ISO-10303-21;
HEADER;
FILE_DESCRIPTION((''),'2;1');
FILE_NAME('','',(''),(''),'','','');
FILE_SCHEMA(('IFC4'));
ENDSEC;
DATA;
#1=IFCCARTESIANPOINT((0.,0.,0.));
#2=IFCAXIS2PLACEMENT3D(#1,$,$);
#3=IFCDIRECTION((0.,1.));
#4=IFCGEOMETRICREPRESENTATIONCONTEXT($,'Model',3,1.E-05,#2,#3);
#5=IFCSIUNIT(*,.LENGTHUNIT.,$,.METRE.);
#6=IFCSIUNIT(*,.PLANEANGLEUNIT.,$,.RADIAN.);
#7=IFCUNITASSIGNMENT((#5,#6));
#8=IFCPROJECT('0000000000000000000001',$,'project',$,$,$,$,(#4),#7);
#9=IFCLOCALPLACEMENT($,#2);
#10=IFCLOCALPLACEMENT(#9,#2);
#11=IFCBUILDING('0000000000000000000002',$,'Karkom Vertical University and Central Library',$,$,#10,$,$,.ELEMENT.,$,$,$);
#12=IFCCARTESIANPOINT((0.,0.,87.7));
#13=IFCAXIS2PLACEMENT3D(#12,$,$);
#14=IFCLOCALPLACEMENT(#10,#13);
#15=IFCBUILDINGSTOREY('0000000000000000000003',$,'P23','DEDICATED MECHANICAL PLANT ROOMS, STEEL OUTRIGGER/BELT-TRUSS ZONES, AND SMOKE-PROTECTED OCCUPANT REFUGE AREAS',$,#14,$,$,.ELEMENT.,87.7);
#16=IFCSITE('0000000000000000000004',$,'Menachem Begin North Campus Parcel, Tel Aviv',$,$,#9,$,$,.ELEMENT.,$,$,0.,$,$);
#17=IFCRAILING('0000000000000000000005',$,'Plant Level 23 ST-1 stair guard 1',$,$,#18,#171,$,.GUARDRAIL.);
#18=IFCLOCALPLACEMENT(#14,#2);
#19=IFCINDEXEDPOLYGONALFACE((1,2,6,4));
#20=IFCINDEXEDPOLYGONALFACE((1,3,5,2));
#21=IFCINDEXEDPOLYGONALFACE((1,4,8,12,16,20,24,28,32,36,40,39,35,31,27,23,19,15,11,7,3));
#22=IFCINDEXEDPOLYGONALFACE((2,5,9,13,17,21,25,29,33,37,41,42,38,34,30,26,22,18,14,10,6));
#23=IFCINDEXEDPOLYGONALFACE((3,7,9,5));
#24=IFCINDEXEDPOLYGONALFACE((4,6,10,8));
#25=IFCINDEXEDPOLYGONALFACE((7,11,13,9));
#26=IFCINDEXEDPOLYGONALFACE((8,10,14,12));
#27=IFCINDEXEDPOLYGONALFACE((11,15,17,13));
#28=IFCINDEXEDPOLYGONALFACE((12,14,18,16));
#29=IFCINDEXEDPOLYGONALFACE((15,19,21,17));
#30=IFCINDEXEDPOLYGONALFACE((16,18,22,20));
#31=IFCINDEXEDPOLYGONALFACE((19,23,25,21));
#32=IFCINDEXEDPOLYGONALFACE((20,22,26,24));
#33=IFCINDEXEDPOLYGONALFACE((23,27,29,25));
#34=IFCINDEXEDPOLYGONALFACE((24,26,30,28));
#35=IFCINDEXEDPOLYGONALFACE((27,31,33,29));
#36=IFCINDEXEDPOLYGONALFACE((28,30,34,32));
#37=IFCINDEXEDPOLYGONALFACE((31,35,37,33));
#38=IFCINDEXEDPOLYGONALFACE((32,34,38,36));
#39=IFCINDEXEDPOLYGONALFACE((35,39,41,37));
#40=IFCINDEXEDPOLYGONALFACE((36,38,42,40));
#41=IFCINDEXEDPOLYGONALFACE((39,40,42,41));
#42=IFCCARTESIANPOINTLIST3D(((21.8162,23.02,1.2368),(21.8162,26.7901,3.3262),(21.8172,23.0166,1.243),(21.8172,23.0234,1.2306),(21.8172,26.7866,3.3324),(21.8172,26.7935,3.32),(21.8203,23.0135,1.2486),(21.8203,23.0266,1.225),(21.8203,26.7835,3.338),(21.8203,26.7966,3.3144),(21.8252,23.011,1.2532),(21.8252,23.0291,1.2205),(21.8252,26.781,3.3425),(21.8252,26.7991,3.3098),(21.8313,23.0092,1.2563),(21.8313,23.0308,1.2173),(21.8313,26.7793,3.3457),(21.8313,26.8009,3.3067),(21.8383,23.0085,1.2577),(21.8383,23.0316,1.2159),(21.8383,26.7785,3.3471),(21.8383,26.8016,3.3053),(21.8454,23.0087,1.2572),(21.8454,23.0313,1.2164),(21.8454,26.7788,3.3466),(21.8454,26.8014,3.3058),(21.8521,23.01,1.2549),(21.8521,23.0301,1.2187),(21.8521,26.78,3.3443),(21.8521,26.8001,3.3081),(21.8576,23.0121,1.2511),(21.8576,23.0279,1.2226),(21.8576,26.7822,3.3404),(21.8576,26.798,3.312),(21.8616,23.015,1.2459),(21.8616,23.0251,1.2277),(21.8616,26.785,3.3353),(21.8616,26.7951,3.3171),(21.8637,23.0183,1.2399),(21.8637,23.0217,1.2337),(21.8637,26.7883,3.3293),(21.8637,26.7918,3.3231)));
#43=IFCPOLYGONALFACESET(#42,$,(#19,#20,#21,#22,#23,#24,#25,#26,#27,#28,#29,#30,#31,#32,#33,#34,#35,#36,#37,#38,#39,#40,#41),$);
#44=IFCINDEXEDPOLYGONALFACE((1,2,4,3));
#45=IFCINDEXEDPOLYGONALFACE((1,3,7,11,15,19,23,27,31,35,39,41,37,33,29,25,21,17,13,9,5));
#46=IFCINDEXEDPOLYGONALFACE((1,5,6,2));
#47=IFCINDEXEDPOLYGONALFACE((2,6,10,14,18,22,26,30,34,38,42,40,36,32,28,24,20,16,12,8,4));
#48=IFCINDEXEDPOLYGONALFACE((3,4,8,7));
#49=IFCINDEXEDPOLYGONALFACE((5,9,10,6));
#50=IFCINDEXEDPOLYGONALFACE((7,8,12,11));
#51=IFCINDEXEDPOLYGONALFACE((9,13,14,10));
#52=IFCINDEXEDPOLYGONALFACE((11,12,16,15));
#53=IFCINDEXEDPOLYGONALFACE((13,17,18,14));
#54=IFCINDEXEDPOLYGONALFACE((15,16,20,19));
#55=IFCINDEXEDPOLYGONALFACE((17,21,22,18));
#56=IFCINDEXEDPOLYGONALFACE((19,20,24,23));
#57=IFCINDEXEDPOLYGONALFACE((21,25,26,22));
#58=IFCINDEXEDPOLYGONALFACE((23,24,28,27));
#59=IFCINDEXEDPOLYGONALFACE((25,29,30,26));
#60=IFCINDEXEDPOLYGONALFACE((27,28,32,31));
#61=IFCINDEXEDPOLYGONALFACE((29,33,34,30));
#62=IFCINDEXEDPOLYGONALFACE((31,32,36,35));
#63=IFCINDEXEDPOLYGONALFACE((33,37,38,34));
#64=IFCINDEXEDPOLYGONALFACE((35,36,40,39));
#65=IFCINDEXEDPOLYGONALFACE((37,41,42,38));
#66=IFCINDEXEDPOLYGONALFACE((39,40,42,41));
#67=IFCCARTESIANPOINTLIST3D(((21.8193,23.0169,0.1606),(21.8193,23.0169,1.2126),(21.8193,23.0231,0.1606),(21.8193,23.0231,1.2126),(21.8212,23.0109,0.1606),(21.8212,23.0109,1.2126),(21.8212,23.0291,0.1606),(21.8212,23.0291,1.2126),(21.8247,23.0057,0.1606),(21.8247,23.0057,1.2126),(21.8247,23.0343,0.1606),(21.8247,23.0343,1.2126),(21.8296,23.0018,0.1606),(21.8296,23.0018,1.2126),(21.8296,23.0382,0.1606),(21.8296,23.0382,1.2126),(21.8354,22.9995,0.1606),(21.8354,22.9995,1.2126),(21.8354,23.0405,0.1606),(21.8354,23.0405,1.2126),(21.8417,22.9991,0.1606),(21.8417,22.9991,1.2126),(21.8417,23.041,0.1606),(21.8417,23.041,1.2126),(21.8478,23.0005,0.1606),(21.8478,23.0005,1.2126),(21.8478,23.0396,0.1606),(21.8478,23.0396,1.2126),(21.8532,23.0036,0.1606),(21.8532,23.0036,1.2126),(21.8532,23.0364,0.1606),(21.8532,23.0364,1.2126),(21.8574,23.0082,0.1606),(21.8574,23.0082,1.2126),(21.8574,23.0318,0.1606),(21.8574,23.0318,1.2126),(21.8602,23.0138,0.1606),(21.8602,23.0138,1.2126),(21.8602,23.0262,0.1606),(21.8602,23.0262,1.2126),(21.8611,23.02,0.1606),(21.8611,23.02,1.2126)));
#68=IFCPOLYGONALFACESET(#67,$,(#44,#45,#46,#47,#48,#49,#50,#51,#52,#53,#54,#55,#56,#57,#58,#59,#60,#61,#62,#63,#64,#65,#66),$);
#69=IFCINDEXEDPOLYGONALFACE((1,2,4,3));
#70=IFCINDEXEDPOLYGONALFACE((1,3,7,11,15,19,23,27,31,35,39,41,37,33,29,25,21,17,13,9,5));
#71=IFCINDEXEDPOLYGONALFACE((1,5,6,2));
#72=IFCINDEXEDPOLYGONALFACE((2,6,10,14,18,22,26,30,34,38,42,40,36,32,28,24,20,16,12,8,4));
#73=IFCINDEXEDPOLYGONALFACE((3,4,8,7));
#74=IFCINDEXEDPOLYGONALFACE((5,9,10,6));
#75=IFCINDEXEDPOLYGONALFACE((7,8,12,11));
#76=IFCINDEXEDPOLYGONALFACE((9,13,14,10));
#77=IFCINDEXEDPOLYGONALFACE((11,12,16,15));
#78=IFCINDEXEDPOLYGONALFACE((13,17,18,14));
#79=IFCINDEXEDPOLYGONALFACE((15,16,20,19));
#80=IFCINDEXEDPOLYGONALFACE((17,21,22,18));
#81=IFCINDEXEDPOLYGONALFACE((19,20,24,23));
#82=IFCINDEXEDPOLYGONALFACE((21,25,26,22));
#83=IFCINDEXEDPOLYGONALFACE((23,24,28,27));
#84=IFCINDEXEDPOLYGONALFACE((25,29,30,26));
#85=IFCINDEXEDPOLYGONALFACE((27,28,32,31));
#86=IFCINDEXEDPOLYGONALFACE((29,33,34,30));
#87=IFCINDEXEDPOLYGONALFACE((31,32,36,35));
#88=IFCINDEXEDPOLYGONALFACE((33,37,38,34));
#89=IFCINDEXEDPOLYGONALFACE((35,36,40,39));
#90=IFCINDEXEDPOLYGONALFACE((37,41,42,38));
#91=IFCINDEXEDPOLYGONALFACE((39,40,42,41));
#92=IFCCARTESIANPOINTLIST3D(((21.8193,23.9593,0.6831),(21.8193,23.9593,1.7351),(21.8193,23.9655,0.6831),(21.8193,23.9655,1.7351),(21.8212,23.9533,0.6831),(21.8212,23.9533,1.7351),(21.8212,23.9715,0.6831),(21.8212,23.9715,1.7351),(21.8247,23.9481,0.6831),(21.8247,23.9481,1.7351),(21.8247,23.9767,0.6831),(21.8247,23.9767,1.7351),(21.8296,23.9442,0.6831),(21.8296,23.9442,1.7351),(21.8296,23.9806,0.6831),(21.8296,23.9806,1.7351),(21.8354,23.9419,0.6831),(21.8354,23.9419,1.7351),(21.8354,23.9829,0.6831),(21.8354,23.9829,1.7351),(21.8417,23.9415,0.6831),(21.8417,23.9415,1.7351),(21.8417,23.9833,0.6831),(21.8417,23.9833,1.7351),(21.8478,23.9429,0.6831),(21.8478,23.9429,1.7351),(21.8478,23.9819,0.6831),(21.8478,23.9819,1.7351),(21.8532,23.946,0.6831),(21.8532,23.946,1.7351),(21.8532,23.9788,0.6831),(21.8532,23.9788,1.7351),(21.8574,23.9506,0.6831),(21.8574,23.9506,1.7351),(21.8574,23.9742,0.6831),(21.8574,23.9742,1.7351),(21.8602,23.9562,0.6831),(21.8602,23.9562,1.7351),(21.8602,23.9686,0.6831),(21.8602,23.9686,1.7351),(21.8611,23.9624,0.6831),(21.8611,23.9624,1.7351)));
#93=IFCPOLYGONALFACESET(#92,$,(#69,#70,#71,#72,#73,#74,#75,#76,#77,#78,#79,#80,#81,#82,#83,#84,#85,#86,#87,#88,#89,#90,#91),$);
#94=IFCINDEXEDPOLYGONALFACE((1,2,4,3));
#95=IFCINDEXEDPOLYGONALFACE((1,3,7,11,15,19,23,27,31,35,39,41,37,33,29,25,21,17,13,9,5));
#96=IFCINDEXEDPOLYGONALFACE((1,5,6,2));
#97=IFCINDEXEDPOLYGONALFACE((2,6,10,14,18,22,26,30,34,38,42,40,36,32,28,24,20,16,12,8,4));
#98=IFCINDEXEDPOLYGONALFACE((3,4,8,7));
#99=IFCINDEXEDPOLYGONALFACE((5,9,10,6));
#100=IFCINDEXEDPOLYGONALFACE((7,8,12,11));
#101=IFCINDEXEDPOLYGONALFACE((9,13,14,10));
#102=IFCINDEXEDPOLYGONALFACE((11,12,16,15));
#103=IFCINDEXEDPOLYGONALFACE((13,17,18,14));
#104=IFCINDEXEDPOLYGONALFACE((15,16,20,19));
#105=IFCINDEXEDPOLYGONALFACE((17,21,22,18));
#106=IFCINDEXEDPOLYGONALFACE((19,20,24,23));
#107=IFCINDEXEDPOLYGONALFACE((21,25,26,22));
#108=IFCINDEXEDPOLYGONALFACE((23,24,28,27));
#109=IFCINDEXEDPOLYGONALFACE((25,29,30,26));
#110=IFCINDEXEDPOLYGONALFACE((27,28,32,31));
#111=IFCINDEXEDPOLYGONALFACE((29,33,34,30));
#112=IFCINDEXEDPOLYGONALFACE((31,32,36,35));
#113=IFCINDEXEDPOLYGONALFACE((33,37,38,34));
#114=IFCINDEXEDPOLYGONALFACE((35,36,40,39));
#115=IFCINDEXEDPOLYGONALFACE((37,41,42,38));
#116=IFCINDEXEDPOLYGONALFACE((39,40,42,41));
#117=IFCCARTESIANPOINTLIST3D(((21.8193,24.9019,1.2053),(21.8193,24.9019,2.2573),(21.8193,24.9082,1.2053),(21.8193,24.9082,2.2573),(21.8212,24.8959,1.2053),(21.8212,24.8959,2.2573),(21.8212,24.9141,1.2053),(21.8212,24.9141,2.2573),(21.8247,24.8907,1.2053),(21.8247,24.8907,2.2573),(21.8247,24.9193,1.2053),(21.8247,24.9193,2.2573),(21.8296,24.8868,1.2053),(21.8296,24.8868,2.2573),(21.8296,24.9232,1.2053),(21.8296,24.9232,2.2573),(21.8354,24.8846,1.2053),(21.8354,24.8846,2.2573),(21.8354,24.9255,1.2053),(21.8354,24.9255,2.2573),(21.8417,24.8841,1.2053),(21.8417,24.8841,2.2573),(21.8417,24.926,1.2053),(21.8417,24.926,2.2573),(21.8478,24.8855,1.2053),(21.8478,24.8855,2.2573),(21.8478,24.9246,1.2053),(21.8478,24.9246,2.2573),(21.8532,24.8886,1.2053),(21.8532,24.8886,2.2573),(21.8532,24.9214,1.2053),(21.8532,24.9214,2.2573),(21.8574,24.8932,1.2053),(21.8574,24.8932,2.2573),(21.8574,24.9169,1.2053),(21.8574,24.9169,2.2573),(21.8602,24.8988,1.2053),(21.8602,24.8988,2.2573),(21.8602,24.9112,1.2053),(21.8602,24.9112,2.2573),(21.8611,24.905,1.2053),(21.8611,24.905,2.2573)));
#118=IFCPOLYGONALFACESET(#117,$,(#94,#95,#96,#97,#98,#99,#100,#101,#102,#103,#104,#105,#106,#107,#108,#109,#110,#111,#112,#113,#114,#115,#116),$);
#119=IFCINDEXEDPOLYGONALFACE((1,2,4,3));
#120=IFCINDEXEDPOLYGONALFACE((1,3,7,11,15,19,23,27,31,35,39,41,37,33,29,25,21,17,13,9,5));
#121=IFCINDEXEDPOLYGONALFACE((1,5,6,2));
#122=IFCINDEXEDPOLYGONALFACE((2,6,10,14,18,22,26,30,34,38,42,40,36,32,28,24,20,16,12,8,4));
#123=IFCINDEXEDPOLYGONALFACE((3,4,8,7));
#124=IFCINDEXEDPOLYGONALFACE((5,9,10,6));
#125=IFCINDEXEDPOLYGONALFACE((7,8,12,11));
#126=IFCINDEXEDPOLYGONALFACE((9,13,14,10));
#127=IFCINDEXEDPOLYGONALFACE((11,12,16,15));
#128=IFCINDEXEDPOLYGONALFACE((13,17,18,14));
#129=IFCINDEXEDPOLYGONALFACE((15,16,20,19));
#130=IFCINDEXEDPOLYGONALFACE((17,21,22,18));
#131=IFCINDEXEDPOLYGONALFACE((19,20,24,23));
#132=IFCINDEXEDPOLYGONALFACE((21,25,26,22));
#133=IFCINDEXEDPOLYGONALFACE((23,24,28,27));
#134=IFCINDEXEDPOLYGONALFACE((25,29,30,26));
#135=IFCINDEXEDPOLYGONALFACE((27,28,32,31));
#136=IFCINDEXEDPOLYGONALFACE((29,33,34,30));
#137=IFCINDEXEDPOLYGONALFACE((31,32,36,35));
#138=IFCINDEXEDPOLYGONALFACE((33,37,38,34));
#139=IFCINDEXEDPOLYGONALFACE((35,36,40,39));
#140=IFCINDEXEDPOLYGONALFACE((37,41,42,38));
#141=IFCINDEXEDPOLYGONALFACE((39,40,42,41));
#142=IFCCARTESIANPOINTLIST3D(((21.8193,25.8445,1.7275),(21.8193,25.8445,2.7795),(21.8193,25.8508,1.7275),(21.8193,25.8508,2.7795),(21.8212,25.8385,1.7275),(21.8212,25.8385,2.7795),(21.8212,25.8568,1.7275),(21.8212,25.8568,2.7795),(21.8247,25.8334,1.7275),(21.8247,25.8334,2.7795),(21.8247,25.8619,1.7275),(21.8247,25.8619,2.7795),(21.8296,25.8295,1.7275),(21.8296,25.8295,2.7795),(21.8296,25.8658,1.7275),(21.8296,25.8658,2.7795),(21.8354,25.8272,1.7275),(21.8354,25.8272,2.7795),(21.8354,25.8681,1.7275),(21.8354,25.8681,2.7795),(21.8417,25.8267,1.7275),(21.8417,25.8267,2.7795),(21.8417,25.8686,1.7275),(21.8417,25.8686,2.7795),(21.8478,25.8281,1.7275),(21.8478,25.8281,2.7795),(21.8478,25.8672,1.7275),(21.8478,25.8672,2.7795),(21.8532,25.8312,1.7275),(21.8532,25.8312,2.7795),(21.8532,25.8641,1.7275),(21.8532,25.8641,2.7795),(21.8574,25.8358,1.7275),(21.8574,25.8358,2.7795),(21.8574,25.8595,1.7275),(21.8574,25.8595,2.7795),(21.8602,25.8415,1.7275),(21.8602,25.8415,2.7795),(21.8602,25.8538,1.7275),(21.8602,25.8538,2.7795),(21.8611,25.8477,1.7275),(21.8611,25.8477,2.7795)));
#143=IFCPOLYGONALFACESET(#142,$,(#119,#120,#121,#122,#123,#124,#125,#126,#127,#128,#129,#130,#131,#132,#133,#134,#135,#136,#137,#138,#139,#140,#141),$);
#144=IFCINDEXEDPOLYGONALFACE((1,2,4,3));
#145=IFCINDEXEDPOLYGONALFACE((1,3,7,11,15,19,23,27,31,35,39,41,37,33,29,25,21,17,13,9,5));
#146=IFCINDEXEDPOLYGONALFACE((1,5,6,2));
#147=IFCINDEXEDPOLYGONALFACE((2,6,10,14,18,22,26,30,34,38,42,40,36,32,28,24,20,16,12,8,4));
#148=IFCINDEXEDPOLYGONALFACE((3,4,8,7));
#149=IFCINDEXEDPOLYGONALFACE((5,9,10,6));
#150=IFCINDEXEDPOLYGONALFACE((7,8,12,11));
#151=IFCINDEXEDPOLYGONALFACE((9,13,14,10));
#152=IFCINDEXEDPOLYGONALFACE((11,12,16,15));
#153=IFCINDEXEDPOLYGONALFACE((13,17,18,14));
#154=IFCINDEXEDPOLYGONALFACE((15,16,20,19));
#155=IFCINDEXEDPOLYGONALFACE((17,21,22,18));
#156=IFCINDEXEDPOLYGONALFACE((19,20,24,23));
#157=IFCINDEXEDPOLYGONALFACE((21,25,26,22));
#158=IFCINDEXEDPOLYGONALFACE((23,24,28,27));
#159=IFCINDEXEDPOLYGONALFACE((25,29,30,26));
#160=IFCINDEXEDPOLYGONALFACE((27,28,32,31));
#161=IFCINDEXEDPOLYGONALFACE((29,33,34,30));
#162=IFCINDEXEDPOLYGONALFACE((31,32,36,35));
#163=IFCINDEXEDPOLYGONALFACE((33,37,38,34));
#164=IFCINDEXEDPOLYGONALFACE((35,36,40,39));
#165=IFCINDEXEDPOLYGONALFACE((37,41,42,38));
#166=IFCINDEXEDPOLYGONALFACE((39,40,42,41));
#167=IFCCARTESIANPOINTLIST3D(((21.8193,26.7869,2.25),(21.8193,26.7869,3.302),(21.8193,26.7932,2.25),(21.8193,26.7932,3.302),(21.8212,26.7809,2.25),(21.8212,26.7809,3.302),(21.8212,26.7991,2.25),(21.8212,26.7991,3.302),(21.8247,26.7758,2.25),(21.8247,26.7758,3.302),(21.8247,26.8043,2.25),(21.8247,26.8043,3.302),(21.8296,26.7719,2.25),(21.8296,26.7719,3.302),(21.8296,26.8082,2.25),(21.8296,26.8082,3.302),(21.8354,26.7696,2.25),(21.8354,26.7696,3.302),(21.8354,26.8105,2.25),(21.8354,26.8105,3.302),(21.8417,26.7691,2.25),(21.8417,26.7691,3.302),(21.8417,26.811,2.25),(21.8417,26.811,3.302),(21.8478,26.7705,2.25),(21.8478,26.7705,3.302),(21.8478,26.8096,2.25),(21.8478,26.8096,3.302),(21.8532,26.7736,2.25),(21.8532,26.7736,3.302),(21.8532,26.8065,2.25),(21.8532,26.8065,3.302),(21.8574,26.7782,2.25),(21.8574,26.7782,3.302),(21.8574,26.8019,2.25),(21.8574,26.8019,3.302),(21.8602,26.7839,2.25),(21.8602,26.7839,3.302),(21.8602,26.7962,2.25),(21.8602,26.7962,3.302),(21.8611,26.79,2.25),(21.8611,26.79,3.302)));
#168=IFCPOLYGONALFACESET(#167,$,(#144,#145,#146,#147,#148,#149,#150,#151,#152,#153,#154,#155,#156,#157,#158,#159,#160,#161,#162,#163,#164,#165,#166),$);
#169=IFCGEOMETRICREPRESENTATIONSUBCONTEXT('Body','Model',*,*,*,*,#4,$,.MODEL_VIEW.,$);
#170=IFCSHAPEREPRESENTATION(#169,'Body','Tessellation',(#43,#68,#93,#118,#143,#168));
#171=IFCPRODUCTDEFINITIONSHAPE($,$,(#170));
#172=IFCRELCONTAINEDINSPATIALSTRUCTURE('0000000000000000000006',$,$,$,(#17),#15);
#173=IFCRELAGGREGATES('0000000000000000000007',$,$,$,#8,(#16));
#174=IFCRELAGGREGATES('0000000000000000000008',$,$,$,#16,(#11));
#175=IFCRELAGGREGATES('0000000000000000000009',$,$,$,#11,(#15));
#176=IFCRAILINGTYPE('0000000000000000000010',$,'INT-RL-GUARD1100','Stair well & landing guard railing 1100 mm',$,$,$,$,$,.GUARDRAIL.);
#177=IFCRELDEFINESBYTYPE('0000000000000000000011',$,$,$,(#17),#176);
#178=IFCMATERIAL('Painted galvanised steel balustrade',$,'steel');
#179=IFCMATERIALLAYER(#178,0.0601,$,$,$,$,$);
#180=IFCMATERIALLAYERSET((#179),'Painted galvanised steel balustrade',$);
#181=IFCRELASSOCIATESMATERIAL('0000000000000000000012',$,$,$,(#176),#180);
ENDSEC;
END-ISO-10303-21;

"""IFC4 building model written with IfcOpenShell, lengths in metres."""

from ifc_helpers import new_model, si_unit, direction, frame, origin, origin_2d, place, context, subcontext, project, spatial, circle, extrude, material, layer, layer_set, type_object, element, save


model = new_model("IFC4")

# Units and contexts
model_context = context("Model", 3, precision=1e-05, world=origin(), true_north=direction((0.0, 1.0)))
body_context = subcontext(model_context, "Body", "Model", "MODEL_VIEW")
ifc_project = project(units=[si_unit("LENGTHUNIT", "METRE"), si_unit("PLANEANGLEUNIT", "RADIAN")], contexts=[model_context])

# Site, building, storey
site_placement = place(None, origin())
site = spatial("IfcSite", under=ifc_project, at=site_placement, Name="Menachem Begin North Campus Parcel, Tel Aviv", CompositionType="ELEMENT", RefElevation=0.0)
building_placement = place(site_placement, origin())
building = spatial("IfcBuilding", under=site, at=building_placement, Name="Karkom Vertical University and Central Library", CompositionType="ELEMENT")
storey_placement = place(building_placement, frame((0.0, 0.0, 87.7)))
storey = spatial("IfcBuildingStorey", under=building, at=storey_placement, Name="P23", Description="DEDICATED MECHANICAL PLANT ROOMS, STEEL OUTRIGGER/BELT-TRUSS ZONES, AND SMOKE-PROTECTED OCCUPANT REFUGE AREAS", CompositionType="ELEMENT", Elevation=87.7)

# Railing
ifc_material_1 = material(Name="Painted galvanised steel balustrade", Category="steel")
ifc_layer_1 = layer(ifc_material_1, 0.0601)
ifc_layer_set_1 = layer_set([ifc_layer_1], Name="Painted galvanised steel balustrade")
railing_type_1 = type_object("IfcRailingType", Name="INT-RL-GUARD1100", Description="Stair well & landing guard railing 1100 mm", PredefinedType="GUARDRAIL", material=ifc_layer_set_1)
railing_1_placement = place(storey_placement, frame((21.8401, 23.02, 0.1606)))
element("IfcRailing", 1, at=railing_1_placement, inside=storey, type_object=railing_type_1, Name="Plant Level 23 ST-1 stair guard 1", PredefinedType="GUARDRAIL", context=body_context, shape_type="SweptSolid", body=[
    extrude(circle(Radius=0.0239, at=origin_2d()), frame((0.0, 0.0, 1.0762), z_axis=(0.0, 0.874659, 0.484739), x_axis=(-1.0, 0.0, 0.0)), (0.0, 0.0, 1.0), 4.3103),
    extrude(circle(Radius=0.021, at=origin_2d()), origin(), (0.0, 0.0, 1.0), 1.052),
    extrude(circle(Radius=0.021, at=origin_2d()), frame((0.0, 0.9424, 0.5225)), (0.0, 0.0, 1.0), 1.052),
    extrude(circle(Radius=0.021, at=origin_2d()), frame((0.0, 1.885, 1.0447)), (0.0, 0.0, 1.0), 1.052),
    extrude(circle(Radius=0.021, at=origin_2d()), frame((0.0, 2.8276, 1.5669)), (0.0, 0.0, 1.0), 1.052),
    extrude(circle(Radius=0.021, at=origin_2d()), frame((0.0, 3.77, 2.0894)), (0.0, 0.0, 1.0), 1.052),
])

save(model, "model.ifc")
